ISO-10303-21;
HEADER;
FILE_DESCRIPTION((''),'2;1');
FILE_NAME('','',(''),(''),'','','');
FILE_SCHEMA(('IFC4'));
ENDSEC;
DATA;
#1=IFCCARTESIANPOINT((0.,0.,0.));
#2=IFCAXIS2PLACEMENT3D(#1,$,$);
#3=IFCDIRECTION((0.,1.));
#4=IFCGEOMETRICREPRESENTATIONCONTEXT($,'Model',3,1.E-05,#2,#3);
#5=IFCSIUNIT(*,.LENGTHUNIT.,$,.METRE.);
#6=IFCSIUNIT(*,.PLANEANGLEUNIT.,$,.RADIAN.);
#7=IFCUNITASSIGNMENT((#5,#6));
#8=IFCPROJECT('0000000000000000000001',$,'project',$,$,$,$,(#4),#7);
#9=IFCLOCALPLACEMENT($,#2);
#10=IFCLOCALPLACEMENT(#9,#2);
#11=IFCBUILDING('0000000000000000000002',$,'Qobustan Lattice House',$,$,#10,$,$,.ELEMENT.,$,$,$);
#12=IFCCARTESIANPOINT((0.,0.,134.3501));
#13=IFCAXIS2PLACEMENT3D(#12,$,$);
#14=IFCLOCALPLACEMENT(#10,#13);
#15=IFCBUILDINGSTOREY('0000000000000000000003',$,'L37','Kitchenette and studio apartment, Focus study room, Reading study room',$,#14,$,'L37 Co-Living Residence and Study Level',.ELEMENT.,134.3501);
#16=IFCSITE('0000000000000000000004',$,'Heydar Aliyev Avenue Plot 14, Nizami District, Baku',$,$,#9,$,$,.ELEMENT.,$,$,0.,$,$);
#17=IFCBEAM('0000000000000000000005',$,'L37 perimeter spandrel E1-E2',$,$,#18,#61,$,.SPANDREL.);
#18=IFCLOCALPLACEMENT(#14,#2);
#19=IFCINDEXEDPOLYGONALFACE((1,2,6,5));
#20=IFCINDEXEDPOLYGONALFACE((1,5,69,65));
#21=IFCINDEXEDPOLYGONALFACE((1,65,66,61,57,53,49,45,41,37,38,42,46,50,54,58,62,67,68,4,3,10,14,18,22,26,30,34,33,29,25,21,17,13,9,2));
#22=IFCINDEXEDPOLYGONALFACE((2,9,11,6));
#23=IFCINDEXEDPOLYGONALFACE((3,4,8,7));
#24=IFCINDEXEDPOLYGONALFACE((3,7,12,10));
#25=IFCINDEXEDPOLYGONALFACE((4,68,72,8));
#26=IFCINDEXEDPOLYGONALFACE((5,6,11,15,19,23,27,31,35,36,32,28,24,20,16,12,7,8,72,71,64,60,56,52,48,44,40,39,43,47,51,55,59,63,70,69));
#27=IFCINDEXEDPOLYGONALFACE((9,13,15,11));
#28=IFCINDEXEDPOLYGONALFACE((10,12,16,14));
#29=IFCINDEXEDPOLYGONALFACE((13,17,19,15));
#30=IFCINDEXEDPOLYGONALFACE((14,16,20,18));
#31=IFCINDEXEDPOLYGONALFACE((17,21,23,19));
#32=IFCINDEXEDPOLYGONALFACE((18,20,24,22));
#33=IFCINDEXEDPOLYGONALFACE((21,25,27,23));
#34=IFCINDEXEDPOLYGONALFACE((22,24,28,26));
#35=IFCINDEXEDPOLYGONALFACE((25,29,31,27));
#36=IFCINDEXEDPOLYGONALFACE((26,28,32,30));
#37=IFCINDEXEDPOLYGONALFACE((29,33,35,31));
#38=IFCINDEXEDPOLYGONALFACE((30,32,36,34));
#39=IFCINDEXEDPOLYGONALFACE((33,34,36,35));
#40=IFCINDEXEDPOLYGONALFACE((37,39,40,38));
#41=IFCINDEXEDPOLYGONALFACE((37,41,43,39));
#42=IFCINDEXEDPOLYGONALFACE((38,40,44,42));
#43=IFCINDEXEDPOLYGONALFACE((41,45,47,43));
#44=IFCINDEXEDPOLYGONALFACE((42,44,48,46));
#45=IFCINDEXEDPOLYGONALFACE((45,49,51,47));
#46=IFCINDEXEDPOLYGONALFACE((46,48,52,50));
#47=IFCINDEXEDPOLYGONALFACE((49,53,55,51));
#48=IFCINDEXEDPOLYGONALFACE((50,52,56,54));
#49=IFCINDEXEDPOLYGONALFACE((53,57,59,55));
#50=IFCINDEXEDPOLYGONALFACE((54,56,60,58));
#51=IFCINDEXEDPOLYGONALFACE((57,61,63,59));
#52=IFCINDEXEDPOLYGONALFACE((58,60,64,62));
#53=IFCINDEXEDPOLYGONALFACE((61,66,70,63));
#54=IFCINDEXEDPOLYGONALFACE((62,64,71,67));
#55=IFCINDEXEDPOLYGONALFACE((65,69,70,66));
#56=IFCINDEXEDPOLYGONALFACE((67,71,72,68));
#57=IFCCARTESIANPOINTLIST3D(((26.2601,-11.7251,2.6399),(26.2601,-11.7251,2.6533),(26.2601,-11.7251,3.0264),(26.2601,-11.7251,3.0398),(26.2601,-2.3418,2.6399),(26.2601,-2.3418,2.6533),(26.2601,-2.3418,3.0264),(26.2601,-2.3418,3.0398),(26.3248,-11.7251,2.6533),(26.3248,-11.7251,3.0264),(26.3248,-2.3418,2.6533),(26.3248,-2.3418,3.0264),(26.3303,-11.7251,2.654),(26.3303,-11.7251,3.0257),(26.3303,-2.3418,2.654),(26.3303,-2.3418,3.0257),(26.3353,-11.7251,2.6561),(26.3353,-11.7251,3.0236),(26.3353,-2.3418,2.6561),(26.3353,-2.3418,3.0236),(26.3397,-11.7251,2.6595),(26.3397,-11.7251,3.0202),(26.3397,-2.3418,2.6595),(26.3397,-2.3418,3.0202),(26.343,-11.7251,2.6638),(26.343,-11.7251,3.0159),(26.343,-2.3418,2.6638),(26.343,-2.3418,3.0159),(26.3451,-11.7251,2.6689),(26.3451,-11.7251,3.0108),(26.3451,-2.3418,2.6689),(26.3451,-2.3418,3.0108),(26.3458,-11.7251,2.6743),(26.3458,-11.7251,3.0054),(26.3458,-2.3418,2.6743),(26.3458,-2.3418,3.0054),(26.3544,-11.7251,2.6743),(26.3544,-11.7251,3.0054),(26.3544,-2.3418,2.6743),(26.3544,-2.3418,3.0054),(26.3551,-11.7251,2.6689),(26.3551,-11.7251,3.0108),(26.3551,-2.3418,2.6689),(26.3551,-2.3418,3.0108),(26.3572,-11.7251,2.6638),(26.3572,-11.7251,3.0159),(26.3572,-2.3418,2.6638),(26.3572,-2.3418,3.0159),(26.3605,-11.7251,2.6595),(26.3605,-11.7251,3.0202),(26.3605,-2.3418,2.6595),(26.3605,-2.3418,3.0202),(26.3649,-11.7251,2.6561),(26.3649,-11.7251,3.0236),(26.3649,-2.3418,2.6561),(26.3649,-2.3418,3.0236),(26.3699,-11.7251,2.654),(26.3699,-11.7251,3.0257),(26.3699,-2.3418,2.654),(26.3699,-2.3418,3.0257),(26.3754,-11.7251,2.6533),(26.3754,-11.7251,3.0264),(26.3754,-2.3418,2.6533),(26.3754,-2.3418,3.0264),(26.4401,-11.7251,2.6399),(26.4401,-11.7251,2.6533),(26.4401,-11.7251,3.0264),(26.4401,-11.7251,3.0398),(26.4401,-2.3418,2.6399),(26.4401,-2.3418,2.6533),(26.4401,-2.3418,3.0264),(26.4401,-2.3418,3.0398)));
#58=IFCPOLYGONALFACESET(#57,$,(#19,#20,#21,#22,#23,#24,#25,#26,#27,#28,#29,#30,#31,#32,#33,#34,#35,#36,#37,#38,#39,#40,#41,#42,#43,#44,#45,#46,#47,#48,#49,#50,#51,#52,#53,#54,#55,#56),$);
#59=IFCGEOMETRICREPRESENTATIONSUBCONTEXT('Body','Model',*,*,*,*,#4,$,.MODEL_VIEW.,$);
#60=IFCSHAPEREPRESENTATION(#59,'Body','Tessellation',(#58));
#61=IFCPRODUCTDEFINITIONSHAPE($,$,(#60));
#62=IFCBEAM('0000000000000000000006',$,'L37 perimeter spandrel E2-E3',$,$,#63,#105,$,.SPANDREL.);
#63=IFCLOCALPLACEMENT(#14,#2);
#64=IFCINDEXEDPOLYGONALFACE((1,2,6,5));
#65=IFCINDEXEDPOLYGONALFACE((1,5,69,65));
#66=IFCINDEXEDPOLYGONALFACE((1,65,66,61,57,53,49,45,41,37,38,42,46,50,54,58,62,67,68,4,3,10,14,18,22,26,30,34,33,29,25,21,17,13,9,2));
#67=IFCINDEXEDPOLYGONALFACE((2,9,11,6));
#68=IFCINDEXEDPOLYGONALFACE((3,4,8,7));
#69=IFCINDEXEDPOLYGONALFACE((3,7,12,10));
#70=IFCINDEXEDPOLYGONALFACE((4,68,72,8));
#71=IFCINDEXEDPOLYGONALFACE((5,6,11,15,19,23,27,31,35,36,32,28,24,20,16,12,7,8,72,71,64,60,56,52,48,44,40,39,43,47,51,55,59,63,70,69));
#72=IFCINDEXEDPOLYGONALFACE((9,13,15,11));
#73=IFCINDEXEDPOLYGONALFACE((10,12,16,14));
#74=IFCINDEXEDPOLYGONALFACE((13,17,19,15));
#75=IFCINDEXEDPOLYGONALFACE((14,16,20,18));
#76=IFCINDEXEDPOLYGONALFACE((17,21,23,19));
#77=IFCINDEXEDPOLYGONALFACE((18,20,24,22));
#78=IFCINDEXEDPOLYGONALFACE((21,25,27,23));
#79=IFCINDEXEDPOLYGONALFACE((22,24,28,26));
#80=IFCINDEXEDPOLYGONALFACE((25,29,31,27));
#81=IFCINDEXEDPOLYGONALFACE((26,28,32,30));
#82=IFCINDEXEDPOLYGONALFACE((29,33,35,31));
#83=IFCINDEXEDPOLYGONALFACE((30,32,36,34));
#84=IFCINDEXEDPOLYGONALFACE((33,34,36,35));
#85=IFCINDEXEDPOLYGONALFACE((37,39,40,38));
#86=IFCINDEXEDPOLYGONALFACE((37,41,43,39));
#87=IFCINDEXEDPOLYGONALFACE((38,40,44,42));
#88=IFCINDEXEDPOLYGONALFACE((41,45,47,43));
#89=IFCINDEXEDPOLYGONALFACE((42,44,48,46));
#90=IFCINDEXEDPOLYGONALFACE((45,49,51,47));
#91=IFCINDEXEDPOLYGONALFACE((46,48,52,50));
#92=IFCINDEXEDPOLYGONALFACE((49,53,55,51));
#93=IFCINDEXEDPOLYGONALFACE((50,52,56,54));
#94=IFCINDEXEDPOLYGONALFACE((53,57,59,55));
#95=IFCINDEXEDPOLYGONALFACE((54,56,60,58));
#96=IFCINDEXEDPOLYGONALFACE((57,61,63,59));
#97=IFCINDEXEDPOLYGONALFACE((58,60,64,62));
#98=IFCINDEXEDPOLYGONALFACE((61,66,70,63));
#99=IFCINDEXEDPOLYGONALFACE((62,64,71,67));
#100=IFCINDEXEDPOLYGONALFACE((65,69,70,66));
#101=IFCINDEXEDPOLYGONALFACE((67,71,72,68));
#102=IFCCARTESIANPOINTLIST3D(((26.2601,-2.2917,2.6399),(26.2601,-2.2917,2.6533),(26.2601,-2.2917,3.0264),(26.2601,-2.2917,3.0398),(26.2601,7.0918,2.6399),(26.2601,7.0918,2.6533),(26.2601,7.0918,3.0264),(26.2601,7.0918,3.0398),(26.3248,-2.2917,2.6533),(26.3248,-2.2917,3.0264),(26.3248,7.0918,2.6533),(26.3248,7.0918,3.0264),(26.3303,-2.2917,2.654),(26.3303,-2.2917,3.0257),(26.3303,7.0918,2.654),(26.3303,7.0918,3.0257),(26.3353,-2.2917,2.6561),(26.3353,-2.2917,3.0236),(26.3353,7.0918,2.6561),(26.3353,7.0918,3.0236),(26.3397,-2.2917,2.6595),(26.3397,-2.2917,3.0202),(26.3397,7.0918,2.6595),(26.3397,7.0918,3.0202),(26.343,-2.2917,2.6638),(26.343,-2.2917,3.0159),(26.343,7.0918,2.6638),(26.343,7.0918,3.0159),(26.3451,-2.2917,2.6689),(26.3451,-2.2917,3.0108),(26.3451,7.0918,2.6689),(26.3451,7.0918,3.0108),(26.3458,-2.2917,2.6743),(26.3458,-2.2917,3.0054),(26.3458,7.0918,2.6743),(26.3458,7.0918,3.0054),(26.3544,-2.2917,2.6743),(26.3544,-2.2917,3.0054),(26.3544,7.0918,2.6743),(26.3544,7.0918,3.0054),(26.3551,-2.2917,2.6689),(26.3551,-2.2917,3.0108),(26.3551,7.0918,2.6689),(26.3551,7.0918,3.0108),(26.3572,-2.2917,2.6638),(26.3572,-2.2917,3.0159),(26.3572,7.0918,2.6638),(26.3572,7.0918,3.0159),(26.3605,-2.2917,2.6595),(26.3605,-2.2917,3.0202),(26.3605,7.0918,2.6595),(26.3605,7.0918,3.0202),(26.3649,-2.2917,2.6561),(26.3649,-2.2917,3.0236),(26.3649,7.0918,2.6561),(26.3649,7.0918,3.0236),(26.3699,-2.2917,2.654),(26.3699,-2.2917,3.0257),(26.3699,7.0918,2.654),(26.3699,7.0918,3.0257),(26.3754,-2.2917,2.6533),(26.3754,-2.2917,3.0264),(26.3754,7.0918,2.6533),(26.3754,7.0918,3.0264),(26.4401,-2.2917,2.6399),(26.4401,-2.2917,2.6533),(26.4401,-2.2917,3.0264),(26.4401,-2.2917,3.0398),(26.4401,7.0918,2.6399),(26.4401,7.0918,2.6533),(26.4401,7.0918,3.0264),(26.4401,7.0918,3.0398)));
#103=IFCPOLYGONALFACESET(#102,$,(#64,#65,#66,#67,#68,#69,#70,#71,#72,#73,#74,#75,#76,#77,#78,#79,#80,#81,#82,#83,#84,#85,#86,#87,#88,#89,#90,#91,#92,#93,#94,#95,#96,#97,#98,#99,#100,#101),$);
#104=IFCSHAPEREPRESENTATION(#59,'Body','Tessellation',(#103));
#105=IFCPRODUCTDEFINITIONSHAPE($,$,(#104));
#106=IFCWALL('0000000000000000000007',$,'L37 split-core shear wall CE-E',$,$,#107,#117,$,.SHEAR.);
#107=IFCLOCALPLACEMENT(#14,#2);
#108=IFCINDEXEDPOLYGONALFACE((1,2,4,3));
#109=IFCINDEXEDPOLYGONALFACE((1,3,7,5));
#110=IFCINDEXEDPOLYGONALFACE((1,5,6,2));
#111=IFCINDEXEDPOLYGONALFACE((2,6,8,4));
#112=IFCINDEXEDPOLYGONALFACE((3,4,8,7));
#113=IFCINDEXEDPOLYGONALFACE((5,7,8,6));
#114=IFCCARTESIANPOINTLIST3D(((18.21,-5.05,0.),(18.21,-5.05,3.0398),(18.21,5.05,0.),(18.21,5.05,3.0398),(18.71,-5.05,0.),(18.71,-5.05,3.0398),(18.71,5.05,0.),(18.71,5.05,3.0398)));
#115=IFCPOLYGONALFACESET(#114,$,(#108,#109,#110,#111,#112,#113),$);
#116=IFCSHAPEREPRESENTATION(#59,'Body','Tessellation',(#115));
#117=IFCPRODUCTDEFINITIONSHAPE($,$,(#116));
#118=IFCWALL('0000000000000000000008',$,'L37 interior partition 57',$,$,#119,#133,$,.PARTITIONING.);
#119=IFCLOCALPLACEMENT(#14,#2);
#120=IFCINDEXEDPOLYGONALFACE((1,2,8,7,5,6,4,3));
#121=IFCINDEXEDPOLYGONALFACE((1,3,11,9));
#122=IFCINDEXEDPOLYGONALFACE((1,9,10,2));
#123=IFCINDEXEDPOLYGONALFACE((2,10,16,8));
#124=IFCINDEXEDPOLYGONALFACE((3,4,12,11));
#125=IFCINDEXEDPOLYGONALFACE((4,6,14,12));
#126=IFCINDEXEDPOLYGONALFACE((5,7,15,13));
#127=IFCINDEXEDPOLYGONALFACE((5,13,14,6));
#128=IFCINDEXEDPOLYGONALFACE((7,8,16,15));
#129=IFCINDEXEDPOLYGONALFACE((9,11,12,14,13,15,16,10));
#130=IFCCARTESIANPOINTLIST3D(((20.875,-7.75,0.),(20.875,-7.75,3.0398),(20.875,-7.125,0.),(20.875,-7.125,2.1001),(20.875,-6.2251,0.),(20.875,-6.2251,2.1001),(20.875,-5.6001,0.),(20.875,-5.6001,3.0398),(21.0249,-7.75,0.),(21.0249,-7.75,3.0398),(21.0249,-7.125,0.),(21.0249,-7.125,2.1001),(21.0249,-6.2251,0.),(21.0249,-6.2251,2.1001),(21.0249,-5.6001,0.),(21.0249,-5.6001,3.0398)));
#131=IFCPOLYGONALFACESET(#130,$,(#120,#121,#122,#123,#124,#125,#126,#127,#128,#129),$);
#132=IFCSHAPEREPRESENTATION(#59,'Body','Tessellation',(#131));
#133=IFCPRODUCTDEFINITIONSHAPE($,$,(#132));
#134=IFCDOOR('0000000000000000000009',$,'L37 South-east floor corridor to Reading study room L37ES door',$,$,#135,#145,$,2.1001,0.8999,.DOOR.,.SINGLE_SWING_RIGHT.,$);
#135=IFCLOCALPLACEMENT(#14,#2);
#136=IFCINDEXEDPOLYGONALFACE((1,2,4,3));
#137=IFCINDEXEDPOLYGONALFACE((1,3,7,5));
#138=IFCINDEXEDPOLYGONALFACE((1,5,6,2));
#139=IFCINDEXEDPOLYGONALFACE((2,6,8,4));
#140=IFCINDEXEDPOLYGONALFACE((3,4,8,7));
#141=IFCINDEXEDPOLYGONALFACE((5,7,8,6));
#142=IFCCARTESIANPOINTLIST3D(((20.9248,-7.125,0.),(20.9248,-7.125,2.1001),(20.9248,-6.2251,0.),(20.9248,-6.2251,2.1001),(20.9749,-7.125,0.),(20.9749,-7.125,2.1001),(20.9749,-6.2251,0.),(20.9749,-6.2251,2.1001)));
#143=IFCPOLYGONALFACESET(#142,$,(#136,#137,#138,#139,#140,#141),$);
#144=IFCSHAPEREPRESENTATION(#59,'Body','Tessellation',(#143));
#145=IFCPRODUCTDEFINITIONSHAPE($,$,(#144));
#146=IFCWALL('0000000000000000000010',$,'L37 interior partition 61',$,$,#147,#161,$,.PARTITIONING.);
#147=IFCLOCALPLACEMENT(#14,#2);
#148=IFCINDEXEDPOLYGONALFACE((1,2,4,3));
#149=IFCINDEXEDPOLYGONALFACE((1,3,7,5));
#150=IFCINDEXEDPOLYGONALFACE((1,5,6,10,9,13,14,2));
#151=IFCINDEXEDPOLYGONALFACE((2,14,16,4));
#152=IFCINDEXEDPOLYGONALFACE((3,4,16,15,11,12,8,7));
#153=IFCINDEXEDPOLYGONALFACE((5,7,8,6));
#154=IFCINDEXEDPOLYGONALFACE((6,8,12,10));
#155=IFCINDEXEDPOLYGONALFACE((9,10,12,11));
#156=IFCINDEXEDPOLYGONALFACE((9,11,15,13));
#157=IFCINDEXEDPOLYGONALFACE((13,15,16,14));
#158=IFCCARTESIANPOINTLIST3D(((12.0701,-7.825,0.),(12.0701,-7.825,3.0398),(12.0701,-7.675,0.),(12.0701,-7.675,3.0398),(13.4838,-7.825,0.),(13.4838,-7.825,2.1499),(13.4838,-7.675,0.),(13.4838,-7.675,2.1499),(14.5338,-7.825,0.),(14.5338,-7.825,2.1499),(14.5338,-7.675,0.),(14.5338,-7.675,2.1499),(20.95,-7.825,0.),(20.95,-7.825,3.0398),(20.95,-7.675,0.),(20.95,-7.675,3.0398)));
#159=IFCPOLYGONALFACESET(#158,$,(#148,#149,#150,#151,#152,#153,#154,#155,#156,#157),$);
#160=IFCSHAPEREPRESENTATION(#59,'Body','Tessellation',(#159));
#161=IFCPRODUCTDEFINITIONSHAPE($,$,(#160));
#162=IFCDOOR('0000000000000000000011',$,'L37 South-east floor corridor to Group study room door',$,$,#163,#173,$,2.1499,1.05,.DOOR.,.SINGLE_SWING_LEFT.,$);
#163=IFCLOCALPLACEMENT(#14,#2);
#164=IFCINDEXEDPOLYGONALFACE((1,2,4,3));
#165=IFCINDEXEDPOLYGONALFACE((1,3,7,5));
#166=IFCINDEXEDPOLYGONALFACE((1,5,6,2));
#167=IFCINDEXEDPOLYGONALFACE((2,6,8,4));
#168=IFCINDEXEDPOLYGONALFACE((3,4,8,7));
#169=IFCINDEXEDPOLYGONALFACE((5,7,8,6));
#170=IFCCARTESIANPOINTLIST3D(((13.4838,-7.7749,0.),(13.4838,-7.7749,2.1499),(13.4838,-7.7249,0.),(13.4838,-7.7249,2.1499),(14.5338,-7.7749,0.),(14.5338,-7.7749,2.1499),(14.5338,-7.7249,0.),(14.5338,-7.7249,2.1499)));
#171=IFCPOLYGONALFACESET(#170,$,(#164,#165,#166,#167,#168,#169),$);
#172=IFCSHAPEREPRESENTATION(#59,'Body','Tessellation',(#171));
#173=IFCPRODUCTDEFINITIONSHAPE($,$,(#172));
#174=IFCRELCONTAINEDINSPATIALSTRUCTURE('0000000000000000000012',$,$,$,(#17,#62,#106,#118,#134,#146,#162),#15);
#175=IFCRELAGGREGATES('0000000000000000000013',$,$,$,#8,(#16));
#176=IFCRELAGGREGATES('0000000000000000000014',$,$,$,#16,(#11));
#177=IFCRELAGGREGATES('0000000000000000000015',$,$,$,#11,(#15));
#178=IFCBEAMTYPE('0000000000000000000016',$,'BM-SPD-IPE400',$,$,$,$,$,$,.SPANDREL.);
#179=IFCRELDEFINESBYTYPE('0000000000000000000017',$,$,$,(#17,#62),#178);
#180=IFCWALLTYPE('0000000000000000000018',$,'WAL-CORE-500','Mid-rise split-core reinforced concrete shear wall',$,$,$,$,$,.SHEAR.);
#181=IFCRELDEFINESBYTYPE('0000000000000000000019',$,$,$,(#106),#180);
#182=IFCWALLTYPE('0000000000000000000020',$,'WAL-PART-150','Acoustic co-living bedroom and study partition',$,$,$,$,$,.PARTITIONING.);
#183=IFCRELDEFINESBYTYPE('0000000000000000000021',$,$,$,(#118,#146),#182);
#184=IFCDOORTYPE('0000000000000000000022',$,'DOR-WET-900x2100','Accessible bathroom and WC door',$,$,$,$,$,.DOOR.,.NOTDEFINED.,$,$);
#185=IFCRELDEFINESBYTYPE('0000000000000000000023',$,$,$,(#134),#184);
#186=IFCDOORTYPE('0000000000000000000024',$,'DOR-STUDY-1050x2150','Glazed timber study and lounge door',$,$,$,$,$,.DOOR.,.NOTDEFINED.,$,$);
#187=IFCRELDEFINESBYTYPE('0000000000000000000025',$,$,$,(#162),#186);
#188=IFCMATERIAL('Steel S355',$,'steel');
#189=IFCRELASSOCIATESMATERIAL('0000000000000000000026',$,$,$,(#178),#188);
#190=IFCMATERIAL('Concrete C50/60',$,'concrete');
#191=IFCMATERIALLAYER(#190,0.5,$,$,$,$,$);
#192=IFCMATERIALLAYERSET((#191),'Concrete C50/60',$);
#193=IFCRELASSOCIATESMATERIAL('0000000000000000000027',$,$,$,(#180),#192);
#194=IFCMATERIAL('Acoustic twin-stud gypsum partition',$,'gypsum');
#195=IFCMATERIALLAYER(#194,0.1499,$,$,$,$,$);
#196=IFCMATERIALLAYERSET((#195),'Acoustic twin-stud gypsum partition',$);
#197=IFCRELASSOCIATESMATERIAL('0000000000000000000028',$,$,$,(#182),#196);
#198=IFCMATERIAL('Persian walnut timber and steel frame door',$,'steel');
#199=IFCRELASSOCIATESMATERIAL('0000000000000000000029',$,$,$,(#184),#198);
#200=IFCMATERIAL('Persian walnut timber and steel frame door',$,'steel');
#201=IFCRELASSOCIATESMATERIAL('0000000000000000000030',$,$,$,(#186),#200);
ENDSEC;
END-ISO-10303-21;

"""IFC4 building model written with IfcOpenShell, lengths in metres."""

from ifc_helpers import new_model, si_unit, direction, frame, frame_2d, origin, origin_2d, place, context, subcontext, project, spatial, rectangle, i_section, extrude, material, layer, layer_set, material_profile, profile_set, type_object, element, fill, save


model = new_model("IFC4")

# Units and contexts
model_context = context("Model", 3, precision=1e-05, world=origin(), true_north=direction((0.0, 1.0)))
body_context = subcontext(model_context, "Body", "Model", "MODEL_VIEW")
ifc_project = project(units=[si_unit("LENGTHUNIT", "METRE"), si_unit("PLANEANGLEUNIT", "RADIAN")], contexts=[model_context])

# Site, building, storey
site_placement = place(None, origin())
site = spatial("IfcSite", under=ifc_project, at=site_placement, Name="Heydar Aliyev Avenue Plot 14, Nizami District, Baku", CompositionType="ELEMENT", RefElevation=0.0)
building_placement = place(site_placement, origin())
building = spatial("IfcBuilding", under=site, at=building_placement, Name="Qobustan Lattice House", CompositionType="ELEMENT")
storey_placement = place(building_placement, frame((0.0, 0.0, 134.3501)))
storey = spatial("IfcBuildingStorey", under=building, at=storey_placement, Name="L37", Description="Kitchenette and studio apartment, Focus study room, Reading study room", LongName="L37 Co-Living Residence and Study Level", CompositionType="ELEMENT", Elevation=134.3501)

# Beams
ifc_material_1 = material(Name="Steel S355", Category="steel")
ifc_material_profile_1 = material_profile(ifc_material_1, i_section(OverallWidth=0.1799, OverallDepth=0.3999, WebThickness=0.0085, FlangeThickness=0.0134, FilletRadius=0.021, at=origin_2d()), Name="IPE400")
ifc_profile_set_1 = profile_set([ifc_material_profile_1], Name="Steel S355")
beam_type_1 = type_object("IfcBeamType", Name="BM-SPD-IPE400", PredefinedType="SPANDREL", material=ifc_profile_set_1)
beam_1_placement = place(storey_placement, frame((26.3501, -11.7251, 2.8398), z_axis=(0.0, 1.0, 0.0), x_axis=(-1.0, 0.0, 0.0)))
element("IfcBeam", 1, at=beam_1_placement, inside=storey, type_object=beam_type_1, Name="L37 perimeter spandrel E1-E2", PredefinedType="SPANDREL", context=body_context, shape_type="SweptSolid", body=[
    extrude(i_section(OverallWidth=0.1799, OverallDepth=0.3999, WebThickness=0.0085, FlangeThickness=0.0134, FilletRadius=0.021, at=origin_2d()), origin(), (0.0, 0.0, 1.0), 9.3833),
])
beam_2_placement = place(storey_placement, frame((26.3501, -2.2917, 2.8398), z_axis=(0.0, 1.0, 0.0), x_axis=(-1.0, 0.0, 0.0)))
element("IfcBeam", 2, at=beam_2_placement, inside=storey, type_object=beam_type_1, Name="L37 perimeter spandrel E2-E3", PredefinedType="SPANDREL", context=body_context, shape_type="SweptSolid", body=[
    extrude(i_section(OverallWidth=0.1799, OverallDepth=0.3999, WebThickness=0.0085, FlangeThickness=0.0134, FilletRadius=0.021, at=origin_2d()), origin(), (0.0, 0.0, 1.0), 9.3835),
])

# Wall
ifc_material_2 = material(Name="Concrete C50/60", Category="concrete")
ifc_layer_1 = layer(ifc_material_2, 0.5)
ifc_layer_set_1 = layer_set([ifc_layer_1], Name="Concrete C50/60")
wall_type_1 = type_object("IfcWallType", Name="WAL-CORE-500", Description="Mid-rise split-core reinforced concrete shear wall", PredefinedType="SHEAR", material=ifc_layer_set_1)
wall_1_placement = place(storey_placement, frame((18.46, -5.05, 0.0), z_axis=(0.0, 0.0, 1.0), x_axis=(0.0, 1.0, 0.0)))
element("IfcWall", 3, at=wall_1_placement, inside=storey, type_object=wall_type_1, Name="L37 split-core shear wall CE-E", PredefinedType="SHEAR", context=body_context, shape_type="SweptSolid", body=[
    extrude(rectangle(XDim=10.1001, YDim=0.5, at=frame_2d((5.05, 0.0))), origin(), (0.0, 0.0, 1.0), 3.0398),
])

# Walls, openings, doors
ifc_material_3 = material(Name="Acoustic twin-stud gypsum partition", Category="gypsum")
ifc_layer_2 = layer(ifc_material_3, 0.1499)
ifc_layer_set_2 = layer_set([ifc_layer_2], Name="Acoustic twin-stud gypsum partition")
wall_type_2 = type_object("IfcWallType", Name="WAL-PART-150", Description="Acoustic co-living bedroom and study partition", PredefinedType="PARTITIONING", material=ifc_layer_set_2)
wall_2_placement = place(storey_placement, frame((20.95, -5.6001, 0.0), z_axis=(0.0, 0.0, 1.0), x_axis=(0.0, -1.0, 0.0)))
wall_2 = element("IfcWall", 4, at=wall_2_placement, inside=storey, type_object=wall_type_2, Name="L37 interior partition 57", PredefinedType="PARTITIONING", context=body_context, shape_type="SweptSolid", body=[
    extrude(rectangle(XDim=2.1499, YDim=0.1499, at=frame_2d((1.075, 0.0))), origin(), (0.0, 0.0, 1.0), 3.0398),
])
opening_1_placement = place(wall_2_placement, frame((0.625, 0.0, 0.0)))
opening_1 = element("IfcOpeningElement", 5, at=opening_1_placement, cuts=wall_2, PredefinedType="OPENING", context=body_context, shape_type="SweptSolid", body=[
    extrude(rectangle(XDim=0.8999, YDim=2.1001, at=frame_2d((0.45, 1.05))), frame((0.0, 0.085, 0.0), z_axis=(0.0, -1.0, 0.0), x_axis=(1.0, 0.0, 0.0)), (0.0, 0.0, 1.0), 0.1699),
])
ifc_material_4 = material(Name="Persian walnut timber and steel frame door", Category="steel")
door_type_1 = type_object("IfcDoorType", Name="DOR-WET-900x2100", Description="Accessible bathroom and WC door", OperationType="NOTDEFINED", PredefinedType="DOOR", material=ifc_material_4)
door_1_placement = place(opening_1_placement, origin())
door_1 = element("IfcDoor", 6, at=door_1_placement, inside=storey, type_object=door_type_1, Name="L37 South-east floor corridor to Reading study room L37ES door", OperationType="SINGLE_SWING_RIGHT", OverallHeight=2.1001, OverallWidth=0.8999, PredefinedType="DOOR", context=body_context, shape_type="SweptSolid", body=[
    extrude(rectangle(XDim=0.8999, YDim=2.1001, at=frame_2d((0.45, 1.05))), frame((0.0, 0.0249, 0.0), z_axis=(0.0, -1.0, 0.0), x_axis=(1.0, 0.0, 0.0)), (0.0, 0.0, 1.0), 0.05),
])
fill(opening_1, door_1)
wall_3_placement = place(storey_placement, frame((20.95, -7.75, 0.0), z_axis=(0.0, 0.0, 1.0), x_axis=(-1.0, 0.0, 0.0)))
wall_3 = element("IfcWall", 7, at=wall_3_placement, inside=storey, type_object=wall_type_2, Name="L37 interior partition 61", PredefinedType="PARTITIONING", context=body_context, shape_type="SweptSolid", body=[
    extrude(rectangle(XDim=8.8799, YDim=0.1499, at=frame_2d((4.4399, 0.0))), origin(), (0.0, 0.0, 1.0), 3.0398),
])
opening_2_placement = place(wall_3_placement, frame((6.4163, 0.0, 0.0)))
opening_2 = element("IfcOpeningElement", 8, at=opening_2_placement, cuts=wall_3, PredefinedType="OPENING", context=body_context, shape_type="SweptSolid", body=[
    extrude(rectangle(XDim=1.05, YDim=2.1499, at=frame_2d((0.5249, 1.075))), frame((0.0, 0.085, 0.0), z_axis=(0.0, -1.0, 0.0), x_axis=(1.0, 0.0, 0.0)), (0.0, 0.0, 1.0), 0.1699),
])
ifc_material_5 = material(Name="Persian walnut timber and steel frame door", Category="steel")
door_type_2 = type_object("IfcDoorType", Name="DOR-STUDY-1050x2150", Description="Glazed timber study and lounge door", OperationType="NOTDEFINED", PredefinedType="DOOR", material=ifc_material_5)
door_2_placement = place(opening_2_placement, origin())
door_2 = element("IfcDoor", 9, at=door_2_placement, inside=storey, type_object=door_type_2, Name="L37 South-east floor corridor to Group study room door", OperationType="SINGLE_SWING_LEFT", OverallHeight=2.1499, OverallWidth=1.05, PredefinedType="DOOR", context=body_context, shape_type="SweptSolid", body=[
    extrude(rectangle(XDim=1.05, YDim=2.1499, at=frame_2d((0.5249, 1.075))), frame((0.0, 0.0249, 0.0), z_axis=(0.0, -1.0, 0.0), x_axis=(1.0, 0.0, 0.0)), (0.0, 0.0, 1.0), 0.05),
])
fill(opening_2, door_2)

save(model, "model.ifc")
